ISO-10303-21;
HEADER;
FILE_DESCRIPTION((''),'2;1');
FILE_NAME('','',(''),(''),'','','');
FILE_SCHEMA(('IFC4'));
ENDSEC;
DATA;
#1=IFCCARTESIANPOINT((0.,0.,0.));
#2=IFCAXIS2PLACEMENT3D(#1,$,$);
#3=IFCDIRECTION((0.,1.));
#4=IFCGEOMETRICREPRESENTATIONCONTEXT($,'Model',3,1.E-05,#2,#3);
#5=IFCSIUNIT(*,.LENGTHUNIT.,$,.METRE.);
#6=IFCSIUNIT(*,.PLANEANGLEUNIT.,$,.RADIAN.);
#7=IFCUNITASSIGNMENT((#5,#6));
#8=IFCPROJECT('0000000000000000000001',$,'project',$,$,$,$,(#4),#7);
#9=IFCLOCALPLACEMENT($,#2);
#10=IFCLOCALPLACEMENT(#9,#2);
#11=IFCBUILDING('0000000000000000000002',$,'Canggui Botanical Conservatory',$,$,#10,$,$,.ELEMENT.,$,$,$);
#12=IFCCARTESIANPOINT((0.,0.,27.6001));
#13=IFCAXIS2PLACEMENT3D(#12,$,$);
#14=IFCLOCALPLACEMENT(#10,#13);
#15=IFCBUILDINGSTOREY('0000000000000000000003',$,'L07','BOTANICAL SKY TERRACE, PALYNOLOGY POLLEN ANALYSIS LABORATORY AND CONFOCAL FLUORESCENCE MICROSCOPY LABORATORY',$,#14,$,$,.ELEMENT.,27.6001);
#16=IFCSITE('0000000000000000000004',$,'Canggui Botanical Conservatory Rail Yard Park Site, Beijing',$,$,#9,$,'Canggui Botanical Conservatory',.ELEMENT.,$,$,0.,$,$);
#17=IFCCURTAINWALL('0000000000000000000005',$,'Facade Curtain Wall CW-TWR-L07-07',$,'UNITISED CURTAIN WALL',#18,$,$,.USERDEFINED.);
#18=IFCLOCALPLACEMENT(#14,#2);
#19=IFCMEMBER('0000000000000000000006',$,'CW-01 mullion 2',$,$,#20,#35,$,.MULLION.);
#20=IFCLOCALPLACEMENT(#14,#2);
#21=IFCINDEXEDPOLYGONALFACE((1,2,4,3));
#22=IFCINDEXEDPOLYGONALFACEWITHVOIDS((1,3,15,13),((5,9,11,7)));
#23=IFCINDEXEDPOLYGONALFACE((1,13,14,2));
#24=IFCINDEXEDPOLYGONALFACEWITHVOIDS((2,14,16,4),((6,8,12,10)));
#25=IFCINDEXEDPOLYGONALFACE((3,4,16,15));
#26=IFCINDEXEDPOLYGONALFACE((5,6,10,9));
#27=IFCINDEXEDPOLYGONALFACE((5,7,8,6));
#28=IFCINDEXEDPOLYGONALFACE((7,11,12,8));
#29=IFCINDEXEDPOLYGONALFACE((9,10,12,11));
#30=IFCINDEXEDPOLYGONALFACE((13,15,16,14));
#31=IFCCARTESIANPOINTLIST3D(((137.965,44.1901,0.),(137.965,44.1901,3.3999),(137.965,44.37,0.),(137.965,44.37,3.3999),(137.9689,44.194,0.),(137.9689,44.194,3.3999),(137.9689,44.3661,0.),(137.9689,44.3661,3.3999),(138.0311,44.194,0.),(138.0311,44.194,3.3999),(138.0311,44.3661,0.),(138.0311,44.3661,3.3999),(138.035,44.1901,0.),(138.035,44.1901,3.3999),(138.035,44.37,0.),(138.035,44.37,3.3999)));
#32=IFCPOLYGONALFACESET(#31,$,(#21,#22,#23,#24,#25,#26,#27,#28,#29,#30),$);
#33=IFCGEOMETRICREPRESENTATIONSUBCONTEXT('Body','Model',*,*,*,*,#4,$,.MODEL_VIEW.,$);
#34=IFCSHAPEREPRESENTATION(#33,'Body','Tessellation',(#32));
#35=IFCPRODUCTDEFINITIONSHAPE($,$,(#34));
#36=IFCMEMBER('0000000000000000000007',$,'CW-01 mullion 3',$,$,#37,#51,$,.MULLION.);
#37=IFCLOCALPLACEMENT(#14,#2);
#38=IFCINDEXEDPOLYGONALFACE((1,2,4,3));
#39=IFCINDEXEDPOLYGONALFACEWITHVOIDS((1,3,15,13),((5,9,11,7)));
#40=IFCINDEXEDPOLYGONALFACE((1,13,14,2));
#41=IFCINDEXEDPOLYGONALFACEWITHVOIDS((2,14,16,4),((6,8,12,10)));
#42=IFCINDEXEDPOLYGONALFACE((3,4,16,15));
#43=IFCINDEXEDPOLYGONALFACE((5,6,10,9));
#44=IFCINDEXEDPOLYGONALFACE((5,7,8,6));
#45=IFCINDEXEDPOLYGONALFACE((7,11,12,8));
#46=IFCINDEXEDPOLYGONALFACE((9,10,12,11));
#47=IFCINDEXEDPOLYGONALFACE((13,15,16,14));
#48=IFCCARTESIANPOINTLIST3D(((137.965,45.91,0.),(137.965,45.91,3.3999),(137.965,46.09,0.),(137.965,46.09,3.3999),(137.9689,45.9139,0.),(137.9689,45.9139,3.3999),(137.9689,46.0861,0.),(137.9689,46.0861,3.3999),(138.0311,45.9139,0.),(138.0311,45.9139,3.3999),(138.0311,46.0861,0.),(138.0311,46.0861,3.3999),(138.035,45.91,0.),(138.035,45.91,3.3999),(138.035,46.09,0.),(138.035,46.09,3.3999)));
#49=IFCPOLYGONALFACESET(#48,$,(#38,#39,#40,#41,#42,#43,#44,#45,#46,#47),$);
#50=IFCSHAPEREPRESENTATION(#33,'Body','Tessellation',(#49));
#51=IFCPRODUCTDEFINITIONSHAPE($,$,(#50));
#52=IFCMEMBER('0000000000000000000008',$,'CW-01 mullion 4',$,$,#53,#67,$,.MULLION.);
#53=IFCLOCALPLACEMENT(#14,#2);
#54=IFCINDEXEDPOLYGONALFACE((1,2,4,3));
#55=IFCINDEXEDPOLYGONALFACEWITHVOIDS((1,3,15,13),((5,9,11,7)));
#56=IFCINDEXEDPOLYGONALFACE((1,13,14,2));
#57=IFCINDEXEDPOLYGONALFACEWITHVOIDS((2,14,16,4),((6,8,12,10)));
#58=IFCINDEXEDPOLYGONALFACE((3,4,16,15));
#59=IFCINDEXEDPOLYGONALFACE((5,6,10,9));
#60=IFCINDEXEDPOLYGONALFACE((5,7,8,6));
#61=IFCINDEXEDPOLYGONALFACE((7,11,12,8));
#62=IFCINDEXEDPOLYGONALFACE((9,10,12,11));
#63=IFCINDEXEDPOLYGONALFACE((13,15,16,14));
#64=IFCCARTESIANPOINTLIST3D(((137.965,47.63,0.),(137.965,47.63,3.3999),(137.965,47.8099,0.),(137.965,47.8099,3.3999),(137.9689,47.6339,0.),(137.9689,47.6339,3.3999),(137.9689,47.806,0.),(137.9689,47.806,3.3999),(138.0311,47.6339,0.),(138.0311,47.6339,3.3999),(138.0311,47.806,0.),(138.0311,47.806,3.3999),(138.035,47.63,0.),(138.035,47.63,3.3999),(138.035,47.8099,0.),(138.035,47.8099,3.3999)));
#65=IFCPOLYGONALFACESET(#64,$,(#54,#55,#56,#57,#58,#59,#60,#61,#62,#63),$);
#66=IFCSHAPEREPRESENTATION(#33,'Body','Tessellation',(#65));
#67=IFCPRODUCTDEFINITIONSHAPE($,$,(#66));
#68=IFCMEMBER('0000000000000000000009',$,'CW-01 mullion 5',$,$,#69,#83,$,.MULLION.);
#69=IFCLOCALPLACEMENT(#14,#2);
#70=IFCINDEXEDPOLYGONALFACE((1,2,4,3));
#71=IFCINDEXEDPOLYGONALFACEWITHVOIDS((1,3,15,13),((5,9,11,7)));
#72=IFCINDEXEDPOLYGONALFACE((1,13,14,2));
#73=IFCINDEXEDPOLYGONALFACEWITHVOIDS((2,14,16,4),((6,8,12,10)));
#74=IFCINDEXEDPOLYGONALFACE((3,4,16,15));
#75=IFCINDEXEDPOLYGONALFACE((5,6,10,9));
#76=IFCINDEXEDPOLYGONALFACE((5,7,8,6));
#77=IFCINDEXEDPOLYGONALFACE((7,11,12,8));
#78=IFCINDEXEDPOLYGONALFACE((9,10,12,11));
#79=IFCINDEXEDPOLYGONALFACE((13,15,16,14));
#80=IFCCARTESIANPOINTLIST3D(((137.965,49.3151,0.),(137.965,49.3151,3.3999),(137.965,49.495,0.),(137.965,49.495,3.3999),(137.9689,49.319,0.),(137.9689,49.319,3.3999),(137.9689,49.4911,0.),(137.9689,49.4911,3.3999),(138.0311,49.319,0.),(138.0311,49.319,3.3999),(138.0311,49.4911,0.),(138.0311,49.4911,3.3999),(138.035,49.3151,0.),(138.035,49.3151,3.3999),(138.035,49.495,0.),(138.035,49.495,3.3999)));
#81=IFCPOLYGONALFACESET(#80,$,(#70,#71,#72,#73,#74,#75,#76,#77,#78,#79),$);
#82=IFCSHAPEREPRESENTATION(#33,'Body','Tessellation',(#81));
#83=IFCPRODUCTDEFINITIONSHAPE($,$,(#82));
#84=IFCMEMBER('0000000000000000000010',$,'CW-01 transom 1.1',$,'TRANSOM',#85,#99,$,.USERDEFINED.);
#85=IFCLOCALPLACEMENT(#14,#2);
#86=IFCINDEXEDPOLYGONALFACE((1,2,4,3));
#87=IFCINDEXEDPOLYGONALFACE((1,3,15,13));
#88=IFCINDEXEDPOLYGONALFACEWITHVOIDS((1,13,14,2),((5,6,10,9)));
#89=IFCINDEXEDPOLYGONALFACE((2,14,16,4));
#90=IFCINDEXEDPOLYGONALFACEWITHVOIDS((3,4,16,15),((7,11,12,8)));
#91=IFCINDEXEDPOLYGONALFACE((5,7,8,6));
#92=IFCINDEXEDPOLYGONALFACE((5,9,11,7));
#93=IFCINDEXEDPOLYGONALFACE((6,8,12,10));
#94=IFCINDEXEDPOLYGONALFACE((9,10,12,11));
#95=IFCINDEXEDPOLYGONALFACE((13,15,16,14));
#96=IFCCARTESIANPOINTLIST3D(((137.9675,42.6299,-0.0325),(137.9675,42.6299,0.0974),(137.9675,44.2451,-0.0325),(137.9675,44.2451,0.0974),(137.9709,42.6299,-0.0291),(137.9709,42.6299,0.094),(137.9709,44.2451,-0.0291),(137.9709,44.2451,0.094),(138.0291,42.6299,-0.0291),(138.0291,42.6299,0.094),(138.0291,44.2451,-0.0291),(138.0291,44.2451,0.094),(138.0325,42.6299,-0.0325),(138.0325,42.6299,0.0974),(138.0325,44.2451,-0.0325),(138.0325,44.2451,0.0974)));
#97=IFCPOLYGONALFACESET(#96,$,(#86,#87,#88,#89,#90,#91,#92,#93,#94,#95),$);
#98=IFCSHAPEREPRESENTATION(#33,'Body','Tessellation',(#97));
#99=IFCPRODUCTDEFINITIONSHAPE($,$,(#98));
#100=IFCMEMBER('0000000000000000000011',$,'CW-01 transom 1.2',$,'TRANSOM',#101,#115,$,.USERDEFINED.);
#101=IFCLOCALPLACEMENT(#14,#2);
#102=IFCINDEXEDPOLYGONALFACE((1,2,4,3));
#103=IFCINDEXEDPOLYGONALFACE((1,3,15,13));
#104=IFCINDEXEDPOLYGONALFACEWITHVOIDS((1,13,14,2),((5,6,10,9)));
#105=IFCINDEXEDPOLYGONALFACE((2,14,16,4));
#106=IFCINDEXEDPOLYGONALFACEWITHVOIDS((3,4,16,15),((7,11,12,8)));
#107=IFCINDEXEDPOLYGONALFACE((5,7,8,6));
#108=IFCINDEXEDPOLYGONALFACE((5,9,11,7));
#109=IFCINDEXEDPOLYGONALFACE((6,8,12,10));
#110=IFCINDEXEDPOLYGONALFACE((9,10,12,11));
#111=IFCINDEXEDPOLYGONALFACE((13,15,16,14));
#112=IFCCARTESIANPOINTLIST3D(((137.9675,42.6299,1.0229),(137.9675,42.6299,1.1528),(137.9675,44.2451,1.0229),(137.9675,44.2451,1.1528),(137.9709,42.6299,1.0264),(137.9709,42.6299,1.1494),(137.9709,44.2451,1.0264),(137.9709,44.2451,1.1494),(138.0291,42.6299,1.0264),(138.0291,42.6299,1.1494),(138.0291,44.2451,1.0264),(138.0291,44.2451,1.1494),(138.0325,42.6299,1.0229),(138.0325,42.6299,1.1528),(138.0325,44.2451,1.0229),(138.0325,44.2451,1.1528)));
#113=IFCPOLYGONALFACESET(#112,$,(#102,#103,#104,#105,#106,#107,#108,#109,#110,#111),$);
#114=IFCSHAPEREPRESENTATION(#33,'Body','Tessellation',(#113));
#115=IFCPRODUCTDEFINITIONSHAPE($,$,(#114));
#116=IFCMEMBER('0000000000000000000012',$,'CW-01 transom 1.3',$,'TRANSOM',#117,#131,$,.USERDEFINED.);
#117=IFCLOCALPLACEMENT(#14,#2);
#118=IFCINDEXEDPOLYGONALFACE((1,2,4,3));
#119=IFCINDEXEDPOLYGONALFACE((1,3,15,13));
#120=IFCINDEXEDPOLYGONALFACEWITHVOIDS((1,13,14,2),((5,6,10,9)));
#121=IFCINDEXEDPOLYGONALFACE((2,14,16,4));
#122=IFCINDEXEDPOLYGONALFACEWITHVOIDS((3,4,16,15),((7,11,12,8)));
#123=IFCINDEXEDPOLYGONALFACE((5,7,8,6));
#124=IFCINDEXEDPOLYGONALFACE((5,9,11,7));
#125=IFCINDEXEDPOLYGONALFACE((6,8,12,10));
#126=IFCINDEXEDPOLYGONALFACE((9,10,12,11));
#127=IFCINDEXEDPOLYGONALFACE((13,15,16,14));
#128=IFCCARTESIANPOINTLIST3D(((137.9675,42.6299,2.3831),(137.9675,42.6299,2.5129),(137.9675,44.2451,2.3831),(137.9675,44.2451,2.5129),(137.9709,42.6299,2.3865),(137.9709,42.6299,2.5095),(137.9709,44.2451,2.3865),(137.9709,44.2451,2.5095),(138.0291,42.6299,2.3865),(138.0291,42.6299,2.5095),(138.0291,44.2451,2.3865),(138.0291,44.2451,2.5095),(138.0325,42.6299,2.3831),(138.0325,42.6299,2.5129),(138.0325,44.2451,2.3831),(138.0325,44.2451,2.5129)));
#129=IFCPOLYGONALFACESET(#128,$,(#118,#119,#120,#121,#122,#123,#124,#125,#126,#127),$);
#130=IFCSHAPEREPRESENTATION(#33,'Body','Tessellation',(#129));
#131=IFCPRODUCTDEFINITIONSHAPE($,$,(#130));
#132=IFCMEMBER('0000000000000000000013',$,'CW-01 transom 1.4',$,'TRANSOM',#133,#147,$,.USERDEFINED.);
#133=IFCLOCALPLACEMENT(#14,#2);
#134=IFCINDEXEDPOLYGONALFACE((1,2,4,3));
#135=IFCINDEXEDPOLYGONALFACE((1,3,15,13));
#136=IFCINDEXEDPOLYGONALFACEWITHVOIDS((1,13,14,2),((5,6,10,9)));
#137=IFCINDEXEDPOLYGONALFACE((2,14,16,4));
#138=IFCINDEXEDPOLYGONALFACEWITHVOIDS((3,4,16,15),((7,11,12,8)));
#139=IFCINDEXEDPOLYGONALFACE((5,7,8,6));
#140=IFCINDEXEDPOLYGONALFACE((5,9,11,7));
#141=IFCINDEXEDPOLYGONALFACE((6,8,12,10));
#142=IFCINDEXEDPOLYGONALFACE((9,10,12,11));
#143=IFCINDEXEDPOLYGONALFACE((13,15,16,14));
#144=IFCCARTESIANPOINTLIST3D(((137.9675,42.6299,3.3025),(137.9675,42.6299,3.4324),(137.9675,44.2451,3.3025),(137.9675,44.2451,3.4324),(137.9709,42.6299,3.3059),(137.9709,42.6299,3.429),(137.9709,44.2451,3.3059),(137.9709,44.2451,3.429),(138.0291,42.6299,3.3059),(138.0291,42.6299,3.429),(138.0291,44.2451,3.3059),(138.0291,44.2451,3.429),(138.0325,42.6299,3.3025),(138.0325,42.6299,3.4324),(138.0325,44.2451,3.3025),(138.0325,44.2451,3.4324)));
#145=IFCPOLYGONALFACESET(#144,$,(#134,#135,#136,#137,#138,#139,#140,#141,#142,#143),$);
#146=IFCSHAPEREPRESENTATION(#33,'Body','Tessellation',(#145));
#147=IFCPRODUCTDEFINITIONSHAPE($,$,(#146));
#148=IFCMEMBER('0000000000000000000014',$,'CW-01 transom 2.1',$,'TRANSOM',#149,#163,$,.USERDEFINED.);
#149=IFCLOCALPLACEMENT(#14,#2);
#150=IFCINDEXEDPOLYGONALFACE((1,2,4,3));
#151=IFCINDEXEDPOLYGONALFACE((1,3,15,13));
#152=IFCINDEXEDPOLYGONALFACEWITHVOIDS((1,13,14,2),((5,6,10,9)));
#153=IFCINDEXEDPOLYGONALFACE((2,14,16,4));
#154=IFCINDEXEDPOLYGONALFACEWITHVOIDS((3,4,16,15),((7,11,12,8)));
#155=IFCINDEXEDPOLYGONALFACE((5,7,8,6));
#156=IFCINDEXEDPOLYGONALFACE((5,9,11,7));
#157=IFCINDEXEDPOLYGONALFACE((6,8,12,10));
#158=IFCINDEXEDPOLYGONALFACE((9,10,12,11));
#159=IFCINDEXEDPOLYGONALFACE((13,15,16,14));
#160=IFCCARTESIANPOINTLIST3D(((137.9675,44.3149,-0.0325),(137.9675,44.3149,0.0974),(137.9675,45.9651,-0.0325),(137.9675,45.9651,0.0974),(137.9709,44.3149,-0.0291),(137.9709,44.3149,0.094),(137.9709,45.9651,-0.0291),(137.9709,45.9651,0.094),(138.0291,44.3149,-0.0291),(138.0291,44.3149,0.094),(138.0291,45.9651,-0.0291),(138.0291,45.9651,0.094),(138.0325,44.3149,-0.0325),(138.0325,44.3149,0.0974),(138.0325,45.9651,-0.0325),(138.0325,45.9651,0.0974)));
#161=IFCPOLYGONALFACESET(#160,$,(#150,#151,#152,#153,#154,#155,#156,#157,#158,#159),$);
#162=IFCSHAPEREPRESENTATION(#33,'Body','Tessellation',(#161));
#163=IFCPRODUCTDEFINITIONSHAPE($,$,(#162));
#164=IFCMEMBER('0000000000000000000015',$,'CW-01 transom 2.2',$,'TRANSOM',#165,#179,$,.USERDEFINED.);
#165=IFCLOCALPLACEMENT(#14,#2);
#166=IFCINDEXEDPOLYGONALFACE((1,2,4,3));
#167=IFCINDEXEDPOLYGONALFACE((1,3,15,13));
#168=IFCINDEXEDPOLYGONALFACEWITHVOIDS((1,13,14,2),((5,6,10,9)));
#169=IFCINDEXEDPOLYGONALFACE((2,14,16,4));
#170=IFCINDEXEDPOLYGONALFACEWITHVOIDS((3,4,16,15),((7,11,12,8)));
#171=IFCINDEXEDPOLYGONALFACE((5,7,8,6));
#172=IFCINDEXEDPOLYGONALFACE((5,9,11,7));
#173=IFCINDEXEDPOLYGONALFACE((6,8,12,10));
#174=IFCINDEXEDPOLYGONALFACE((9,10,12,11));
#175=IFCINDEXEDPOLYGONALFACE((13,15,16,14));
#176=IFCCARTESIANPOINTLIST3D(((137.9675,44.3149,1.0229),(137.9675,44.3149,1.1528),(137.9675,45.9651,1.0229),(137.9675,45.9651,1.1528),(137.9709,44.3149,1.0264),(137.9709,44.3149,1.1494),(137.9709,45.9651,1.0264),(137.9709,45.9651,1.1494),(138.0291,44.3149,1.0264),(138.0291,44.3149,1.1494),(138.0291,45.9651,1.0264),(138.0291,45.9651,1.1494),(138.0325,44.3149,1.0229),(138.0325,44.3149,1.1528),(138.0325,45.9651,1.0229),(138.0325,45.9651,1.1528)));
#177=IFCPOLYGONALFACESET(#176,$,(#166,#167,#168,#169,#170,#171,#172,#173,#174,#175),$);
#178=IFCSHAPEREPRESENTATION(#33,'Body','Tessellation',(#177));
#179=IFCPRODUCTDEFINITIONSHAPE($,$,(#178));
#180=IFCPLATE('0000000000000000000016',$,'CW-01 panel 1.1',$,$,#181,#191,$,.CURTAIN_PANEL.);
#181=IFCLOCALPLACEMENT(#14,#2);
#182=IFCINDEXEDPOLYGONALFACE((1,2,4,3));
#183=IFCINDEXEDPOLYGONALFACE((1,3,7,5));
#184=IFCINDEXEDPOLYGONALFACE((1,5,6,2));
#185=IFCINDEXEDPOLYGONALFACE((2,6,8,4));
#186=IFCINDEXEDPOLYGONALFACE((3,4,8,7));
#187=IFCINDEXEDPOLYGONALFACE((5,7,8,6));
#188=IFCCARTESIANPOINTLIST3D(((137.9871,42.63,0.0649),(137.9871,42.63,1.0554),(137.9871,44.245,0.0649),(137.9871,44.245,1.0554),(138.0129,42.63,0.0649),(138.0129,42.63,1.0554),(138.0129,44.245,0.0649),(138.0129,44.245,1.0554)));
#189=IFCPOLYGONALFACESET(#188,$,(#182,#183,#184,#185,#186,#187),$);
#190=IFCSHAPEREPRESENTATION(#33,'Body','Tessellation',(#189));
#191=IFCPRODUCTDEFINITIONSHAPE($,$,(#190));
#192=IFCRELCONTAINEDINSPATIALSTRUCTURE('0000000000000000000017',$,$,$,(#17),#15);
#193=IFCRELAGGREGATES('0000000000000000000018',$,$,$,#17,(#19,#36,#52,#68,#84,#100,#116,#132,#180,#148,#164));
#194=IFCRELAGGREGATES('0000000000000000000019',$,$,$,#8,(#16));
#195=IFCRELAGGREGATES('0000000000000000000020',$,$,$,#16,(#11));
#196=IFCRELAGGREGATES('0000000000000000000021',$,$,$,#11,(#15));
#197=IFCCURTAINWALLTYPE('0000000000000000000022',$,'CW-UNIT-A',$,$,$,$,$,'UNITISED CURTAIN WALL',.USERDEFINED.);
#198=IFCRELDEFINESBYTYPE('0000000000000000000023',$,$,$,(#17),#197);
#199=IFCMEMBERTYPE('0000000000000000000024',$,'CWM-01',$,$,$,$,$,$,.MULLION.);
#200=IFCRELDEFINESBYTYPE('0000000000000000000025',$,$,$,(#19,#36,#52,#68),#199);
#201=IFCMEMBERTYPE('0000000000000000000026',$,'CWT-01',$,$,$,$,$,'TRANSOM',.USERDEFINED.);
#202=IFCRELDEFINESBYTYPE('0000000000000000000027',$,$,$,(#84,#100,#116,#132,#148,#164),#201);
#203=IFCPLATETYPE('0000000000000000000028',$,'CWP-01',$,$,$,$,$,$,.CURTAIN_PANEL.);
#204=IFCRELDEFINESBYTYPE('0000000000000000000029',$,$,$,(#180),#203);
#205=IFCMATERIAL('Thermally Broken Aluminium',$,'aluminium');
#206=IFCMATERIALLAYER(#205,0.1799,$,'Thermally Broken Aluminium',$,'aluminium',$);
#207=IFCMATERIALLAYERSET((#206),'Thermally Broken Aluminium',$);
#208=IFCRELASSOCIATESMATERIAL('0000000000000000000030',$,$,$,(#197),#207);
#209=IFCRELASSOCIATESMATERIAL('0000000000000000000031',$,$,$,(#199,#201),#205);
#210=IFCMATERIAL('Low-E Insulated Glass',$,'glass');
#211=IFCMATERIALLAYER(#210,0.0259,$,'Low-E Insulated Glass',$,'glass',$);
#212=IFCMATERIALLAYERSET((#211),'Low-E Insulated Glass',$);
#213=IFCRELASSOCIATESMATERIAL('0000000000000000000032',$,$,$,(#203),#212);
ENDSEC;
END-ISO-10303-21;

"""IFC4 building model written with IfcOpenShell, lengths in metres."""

from ifc_helpers import new_model, si_unit, direction, frame, origin, origin_2d, place, context, subcontext, project, spatial, rectangle, hollow_rectangle, extrude, material, layer, layer_set, material_profile, profile_set, type_object, element, aggregate, save


model = new_model("IFC4")

# Units and contexts
model_context = context("Model", 3, precision=1e-05, world=origin(), true_north=direction((0.0, 1.0)))
body_context = subcontext(model_context, "Body", "Model", "MODEL_VIEW")
ifc_project = project(units=[si_unit("LENGTHUNIT", "METRE"), si_unit("PLANEANGLEUNIT", "RADIAN")], contexts=[model_context])

# Site, building, storey
site_placement = place(None, origin())
site = spatial("IfcSite", under=ifc_project, at=site_placement, Name="Canggui Botanical Conservatory Rail Yard Park Site, Beijing", LongName="Canggui Botanical Conservatory", CompositionType="ELEMENT", RefElevation=0.0)
building_placement = place(site_placement, origin())
building = spatial("IfcBuilding", under=site, at=building_placement, Name="Canggui Botanical Conservatory", CompositionType="ELEMENT")
storey_placement = place(building_placement, frame((0.0, 0.0, 27.6001)))
storey = spatial("IfcBuildingStorey", under=building, at=storey_placement, Name="L07", Description="BOTANICAL SKY TERRACE, PALYNOLOGY POLLEN ANALYSIS LABORATORY AND CONFOCAL FLUORESCENCE MICROSCOPY LABORATORY", CompositionType="ELEMENT", Elevation=27.6001)

# Curtain wall, members, plate
ifc_material_1 = material(Name="Thermally Broken Aluminium", Category="aluminium")
ifc_layer_1 = layer(ifc_material_1, 0.1799, Name="Thermally Broken Aluminium", Category="aluminium")
ifc_layer_set_1 = layer_set([ifc_layer_1], Name="Thermally Broken Aluminium")
curtain_wall_type = type_object("IfcCurtainWallType", Name="CW-UNIT-A", ElementType="UNITISED CURTAIN WALL", PredefinedType="USERDEFINED", material=ifc_layer_set_1)
curtain_wall_placement = place(storey_placement, origin())
curtain_wall = element("IfcCurtainWall", 1, at=curtain_wall_placement, inside=storey, type_object=curtain_wall_type, Name="Facade Curtain Wall CW-TWR-L07-07", ObjectType="UNITISED CURTAIN WALL", PredefinedType="USERDEFINED")
ifc_material_profile_1 = material_profile(ifc_material_1, hollow_rectangle(XDim=0.0701, YDim=0.1799, WallThickness=0.0039, at=origin_2d()), Name="CWM 70x180x4")
ifc_profile_set_1 = profile_set([ifc_material_profile_1], Name="Thermally Broken Aluminium")
member_type_1 = type_object("IfcMemberType", Name="CWM-01", PredefinedType="MULLION", material=ifc_profile_set_1)
member_1_placement = place(storey_placement, frame((138.0, 44.28, 0.0), z_axis=(0.0, 0.0, 1.0), x_axis=(-1.0, 0.0, 0.0)))
member_1 = element("IfcMember", 2, at=member_1_placement, type_object=member_type_1, Name="CW-01 mullion 2", PredefinedType="MULLION", context=body_context, shape_type="SweptSolid", body=[
    extrude(hollow_rectangle(XDim=0.0701, YDim=0.1799, WallThickness=0.0039, at=origin_2d()), origin(), (0.0, 0.0, 1.0), 3.3999),
])
member_2_placement = place(storey_placement, frame((138.0, 46.0, 0.0), z_axis=(0.0, 0.0, 1.0), x_axis=(-1.0, 0.0, 0.0)))
member_2 = element("IfcMember", 3, at=member_2_placement, type_object=member_type_1, Name="CW-01 mullion 3", PredefinedType="MULLION", context=body_context, shape_type="SweptSolid", body=[
    extrude(hollow_rectangle(XDim=0.0701, YDim=0.1799, WallThickness=0.0039, at=origin_2d()), origin(), (0.0, 0.0, 1.0), 3.3999),
])
member_3_placement = place(storey_placement, frame((138.0, 47.72, 0.0), z_axis=(0.0, 0.0, 1.0), x_axis=(-1.0, 0.0, 0.0)))
member_3 = element("IfcMember", 4, at=member_3_placement, type_object=member_type_1, Name="CW-01 mullion 4", PredefinedType="MULLION", context=body_context, shape_type="SweptSolid", body=[
    extrude(hollow_rectangle(XDim=0.0701, YDim=0.1799, WallThickness=0.0039, at=origin_2d()), origin(), (0.0, 0.0, 1.0), 3.3999),
])
member_4_placement = place(storey_placement, frame((138.0, 49.405, 0.0), z_axis=(0.0, 0.0, 1.0), x_axis=(-1.0, 0.0, 0.0)))
member_4 = element("IfcMember", 5, at=member_4_placement, type_object=member_type_1, Name="CW-01 mullion 5", PredefinedType="MULLION", context=body_context, shape_type="SweptSolid", body=[
    extrude(hollow_rectangle(XDim=0.0701, YDim=0.1799, WallThickness=0.0039, at=origin_2d()), origin(), (0.0, 0.0, 1.0), 3.3999),
])
ifc_material_profile_2 = material_profile(ifc_material_1, hollow_rectangle(XDim=0.0649, YDim=0.1299, WallThickness=0.0034, at=origin_2d()), Name="CWT 65x130x3.5")
ifc_profile_set_2 = profile_set([ifc_material_profile_2], Name="Thermally Broken Aluminium")
member_type_2 = type_object("IfcMemberType", Name="CWT-01", ElementType="TRANSOM", PredefinedType="USERDEFINED", material=ifc_profile_set_2)
member_5_placement = place(storey_placement, frame((138.0, 42.6299, 0.0325), z_axis=(0.0, 1.0, 0.0), x_axis=(-1.0, 0.0, 0.0)))
member_5 = element("IfcMember", 6, at=member_5_placement, type_object=member_type_2, Name="CW-01 transom 1.1", ObjectType="TRANSOM", PredefinedType="USERDEFINED", context=body_context, shape_type="SweptSolid", body=[
    extrude(hollow_rectangle(XDim=0.0649, YDim=0.1299, WallThickness=0.0034, at=origin_2d()), origin(), (0.0, 0.0, 1.0), 1.6152),
])
member_6_placement = place(storey_placement, frame((138.0, 42.6299, 1.0879), z_axis=(0.0, 1.0, 0.0), x_axis=(-1.0, 0.0, 0.0)))
member_6 = element("IfcMember", 7, at=member_6_placement, type_object=member_type_2, Name="CW-01 transom 1.2", ObjectType="TRANSOM", PredefinedType="USERDEFINED", context=body_context, shape_type="SweptSolid", body=[
    extrude(hollow_rectangle(XDim=0.0649, YDim=0.1299, WallThickness=0.0034, at=origin_2d()), origin(), (0.0, 0.0, 1.0), 1.6152),
])
member_7_placement = place(storey_placement, frame((138.0, 42.6299, 2.448), z_axis=(0.0, 1.0, 0.0), x_axis=(-1.0, 0.0, 0.0)))
member_7 = element("IfcMember", 8, at=member_7_placement, type_object=member_type_2, Name="CW-01 transom 1.3", ObjectType="TRANSOM", PredefinedType="USERDEFINED", context=body_context, shape_type="SweptSolid", body=[
    extrude(hollow_rectangle(XDim=0.0649, YDim=0.1299, WallThickness=0.0034, at=origin_2d()), origin(), (0.0, 0.0, 1.0), 1.6152),
])
member_8_placement = place(storey_placement, frame((138.0, 42.6299, 3.3674), z_axis=(0.0, 1.0, 0.0), x_axis=(-1.0, 0.0, 0.0)))
member_8 = element("IfcMember", 9, at=member_8_placement, type_object=member_type_2, Name="CW-01 transom 1.4", ObjectType="TRANSOM", PredefinedType="USERDEFINED", context=body_context, shape_type="SweptSolid", body=[
    extrude(hollow_rectangle(XDim=0.0649, YDim=0.1299, WallThickness=0.0034, at=origin_2d()), origin(), (0.0, 0.0, 1.0), 1.6152),
])
member_9_placement = place(storey_placement, frame((138.0, 44.3149, 0.0325), z_axis=(0.0, 1.0, 0.0), x_axis=(-1.0, 0.0, 0.0)))
member_9 = element("IfcMember", 10, at=member_9_placement, type_object=member_type_2, Name="CW-01 transom 2.1", ObjectType="TRANSOM", PredefinedType="USERDEFINED", context=body_context, shape_type="SweptSolid", body=[
    extrude(hollow_rectangle(XDim=0.0649, YDim=0.1299, WallThickness=0.0034, at=origin_2d()), origin(), (0.0, 0.0, 1.0), 1.6501),
])
member_10_placement = place(storey_placement, frame((138.0, 44.3149, 1.0879), z_axis=(0.0, 1.0, 0.0), x_axis=(-1.0, 0.0, 0.0)))
member_10 = element("IfcMember", 11, at=member_10_placement, type_object=member_type_2, Name="CW-01 transom 2.2", ObjectType="TRANSOM", PredefinedType="USERDEFINED", context=body_context, shape_type="SweptSolid", body=[
    extrude(hollow_rectangle(XDim=0.0649, YDim=0.1299, WallThickness=0.0034, at=origin_2d()), origin(), (0.0, 0.0, 1.0), 1.6501),
])
ifc_material_2 = material(Name="Low-E Insulated Glass", Category="glass")
ifc_layer_2 = layer(ifc_material_2, 0.0259, Name="Low-E Insulated Glass", Category="glass")
ifc_layer_set_2 = layer_set([ifc_layer_2], Name="Low-E Insulated Glass")
plate_type = type_object("IfcPlateType", Name="CWP-01", PredefinedType="CURTAIN_PANEL", material=ifc_layer_set_2)
plate_1_placement = place(storey_placement, frame((138.0, 43.4375, 0.0649), z_axis=(0.0, 0.0, 1.0), x_axis=(0.0, 1.0, 0.0)))
plate_1 = element("IfcPlate", 12, at=plate_1_placement, type_object=plate_type, Name="CW-01 panel 1.1", PredefinedType="CURTAIN_PANEL", context=body_context, shape_type="SweptSolid", body=[
    extrude(rectangle(XDim=1.615, YDim=0.0259, at=origin_2d()), origin(), (0.0, 0.0, 1.0), 0.9905),
])
aggregate(curtain_wall, [member_1, member_2, member_3, member_4, member_5, member_6, member_7, member_8, plate_1, member_9, member_10])

save(model, "model.ifc")
